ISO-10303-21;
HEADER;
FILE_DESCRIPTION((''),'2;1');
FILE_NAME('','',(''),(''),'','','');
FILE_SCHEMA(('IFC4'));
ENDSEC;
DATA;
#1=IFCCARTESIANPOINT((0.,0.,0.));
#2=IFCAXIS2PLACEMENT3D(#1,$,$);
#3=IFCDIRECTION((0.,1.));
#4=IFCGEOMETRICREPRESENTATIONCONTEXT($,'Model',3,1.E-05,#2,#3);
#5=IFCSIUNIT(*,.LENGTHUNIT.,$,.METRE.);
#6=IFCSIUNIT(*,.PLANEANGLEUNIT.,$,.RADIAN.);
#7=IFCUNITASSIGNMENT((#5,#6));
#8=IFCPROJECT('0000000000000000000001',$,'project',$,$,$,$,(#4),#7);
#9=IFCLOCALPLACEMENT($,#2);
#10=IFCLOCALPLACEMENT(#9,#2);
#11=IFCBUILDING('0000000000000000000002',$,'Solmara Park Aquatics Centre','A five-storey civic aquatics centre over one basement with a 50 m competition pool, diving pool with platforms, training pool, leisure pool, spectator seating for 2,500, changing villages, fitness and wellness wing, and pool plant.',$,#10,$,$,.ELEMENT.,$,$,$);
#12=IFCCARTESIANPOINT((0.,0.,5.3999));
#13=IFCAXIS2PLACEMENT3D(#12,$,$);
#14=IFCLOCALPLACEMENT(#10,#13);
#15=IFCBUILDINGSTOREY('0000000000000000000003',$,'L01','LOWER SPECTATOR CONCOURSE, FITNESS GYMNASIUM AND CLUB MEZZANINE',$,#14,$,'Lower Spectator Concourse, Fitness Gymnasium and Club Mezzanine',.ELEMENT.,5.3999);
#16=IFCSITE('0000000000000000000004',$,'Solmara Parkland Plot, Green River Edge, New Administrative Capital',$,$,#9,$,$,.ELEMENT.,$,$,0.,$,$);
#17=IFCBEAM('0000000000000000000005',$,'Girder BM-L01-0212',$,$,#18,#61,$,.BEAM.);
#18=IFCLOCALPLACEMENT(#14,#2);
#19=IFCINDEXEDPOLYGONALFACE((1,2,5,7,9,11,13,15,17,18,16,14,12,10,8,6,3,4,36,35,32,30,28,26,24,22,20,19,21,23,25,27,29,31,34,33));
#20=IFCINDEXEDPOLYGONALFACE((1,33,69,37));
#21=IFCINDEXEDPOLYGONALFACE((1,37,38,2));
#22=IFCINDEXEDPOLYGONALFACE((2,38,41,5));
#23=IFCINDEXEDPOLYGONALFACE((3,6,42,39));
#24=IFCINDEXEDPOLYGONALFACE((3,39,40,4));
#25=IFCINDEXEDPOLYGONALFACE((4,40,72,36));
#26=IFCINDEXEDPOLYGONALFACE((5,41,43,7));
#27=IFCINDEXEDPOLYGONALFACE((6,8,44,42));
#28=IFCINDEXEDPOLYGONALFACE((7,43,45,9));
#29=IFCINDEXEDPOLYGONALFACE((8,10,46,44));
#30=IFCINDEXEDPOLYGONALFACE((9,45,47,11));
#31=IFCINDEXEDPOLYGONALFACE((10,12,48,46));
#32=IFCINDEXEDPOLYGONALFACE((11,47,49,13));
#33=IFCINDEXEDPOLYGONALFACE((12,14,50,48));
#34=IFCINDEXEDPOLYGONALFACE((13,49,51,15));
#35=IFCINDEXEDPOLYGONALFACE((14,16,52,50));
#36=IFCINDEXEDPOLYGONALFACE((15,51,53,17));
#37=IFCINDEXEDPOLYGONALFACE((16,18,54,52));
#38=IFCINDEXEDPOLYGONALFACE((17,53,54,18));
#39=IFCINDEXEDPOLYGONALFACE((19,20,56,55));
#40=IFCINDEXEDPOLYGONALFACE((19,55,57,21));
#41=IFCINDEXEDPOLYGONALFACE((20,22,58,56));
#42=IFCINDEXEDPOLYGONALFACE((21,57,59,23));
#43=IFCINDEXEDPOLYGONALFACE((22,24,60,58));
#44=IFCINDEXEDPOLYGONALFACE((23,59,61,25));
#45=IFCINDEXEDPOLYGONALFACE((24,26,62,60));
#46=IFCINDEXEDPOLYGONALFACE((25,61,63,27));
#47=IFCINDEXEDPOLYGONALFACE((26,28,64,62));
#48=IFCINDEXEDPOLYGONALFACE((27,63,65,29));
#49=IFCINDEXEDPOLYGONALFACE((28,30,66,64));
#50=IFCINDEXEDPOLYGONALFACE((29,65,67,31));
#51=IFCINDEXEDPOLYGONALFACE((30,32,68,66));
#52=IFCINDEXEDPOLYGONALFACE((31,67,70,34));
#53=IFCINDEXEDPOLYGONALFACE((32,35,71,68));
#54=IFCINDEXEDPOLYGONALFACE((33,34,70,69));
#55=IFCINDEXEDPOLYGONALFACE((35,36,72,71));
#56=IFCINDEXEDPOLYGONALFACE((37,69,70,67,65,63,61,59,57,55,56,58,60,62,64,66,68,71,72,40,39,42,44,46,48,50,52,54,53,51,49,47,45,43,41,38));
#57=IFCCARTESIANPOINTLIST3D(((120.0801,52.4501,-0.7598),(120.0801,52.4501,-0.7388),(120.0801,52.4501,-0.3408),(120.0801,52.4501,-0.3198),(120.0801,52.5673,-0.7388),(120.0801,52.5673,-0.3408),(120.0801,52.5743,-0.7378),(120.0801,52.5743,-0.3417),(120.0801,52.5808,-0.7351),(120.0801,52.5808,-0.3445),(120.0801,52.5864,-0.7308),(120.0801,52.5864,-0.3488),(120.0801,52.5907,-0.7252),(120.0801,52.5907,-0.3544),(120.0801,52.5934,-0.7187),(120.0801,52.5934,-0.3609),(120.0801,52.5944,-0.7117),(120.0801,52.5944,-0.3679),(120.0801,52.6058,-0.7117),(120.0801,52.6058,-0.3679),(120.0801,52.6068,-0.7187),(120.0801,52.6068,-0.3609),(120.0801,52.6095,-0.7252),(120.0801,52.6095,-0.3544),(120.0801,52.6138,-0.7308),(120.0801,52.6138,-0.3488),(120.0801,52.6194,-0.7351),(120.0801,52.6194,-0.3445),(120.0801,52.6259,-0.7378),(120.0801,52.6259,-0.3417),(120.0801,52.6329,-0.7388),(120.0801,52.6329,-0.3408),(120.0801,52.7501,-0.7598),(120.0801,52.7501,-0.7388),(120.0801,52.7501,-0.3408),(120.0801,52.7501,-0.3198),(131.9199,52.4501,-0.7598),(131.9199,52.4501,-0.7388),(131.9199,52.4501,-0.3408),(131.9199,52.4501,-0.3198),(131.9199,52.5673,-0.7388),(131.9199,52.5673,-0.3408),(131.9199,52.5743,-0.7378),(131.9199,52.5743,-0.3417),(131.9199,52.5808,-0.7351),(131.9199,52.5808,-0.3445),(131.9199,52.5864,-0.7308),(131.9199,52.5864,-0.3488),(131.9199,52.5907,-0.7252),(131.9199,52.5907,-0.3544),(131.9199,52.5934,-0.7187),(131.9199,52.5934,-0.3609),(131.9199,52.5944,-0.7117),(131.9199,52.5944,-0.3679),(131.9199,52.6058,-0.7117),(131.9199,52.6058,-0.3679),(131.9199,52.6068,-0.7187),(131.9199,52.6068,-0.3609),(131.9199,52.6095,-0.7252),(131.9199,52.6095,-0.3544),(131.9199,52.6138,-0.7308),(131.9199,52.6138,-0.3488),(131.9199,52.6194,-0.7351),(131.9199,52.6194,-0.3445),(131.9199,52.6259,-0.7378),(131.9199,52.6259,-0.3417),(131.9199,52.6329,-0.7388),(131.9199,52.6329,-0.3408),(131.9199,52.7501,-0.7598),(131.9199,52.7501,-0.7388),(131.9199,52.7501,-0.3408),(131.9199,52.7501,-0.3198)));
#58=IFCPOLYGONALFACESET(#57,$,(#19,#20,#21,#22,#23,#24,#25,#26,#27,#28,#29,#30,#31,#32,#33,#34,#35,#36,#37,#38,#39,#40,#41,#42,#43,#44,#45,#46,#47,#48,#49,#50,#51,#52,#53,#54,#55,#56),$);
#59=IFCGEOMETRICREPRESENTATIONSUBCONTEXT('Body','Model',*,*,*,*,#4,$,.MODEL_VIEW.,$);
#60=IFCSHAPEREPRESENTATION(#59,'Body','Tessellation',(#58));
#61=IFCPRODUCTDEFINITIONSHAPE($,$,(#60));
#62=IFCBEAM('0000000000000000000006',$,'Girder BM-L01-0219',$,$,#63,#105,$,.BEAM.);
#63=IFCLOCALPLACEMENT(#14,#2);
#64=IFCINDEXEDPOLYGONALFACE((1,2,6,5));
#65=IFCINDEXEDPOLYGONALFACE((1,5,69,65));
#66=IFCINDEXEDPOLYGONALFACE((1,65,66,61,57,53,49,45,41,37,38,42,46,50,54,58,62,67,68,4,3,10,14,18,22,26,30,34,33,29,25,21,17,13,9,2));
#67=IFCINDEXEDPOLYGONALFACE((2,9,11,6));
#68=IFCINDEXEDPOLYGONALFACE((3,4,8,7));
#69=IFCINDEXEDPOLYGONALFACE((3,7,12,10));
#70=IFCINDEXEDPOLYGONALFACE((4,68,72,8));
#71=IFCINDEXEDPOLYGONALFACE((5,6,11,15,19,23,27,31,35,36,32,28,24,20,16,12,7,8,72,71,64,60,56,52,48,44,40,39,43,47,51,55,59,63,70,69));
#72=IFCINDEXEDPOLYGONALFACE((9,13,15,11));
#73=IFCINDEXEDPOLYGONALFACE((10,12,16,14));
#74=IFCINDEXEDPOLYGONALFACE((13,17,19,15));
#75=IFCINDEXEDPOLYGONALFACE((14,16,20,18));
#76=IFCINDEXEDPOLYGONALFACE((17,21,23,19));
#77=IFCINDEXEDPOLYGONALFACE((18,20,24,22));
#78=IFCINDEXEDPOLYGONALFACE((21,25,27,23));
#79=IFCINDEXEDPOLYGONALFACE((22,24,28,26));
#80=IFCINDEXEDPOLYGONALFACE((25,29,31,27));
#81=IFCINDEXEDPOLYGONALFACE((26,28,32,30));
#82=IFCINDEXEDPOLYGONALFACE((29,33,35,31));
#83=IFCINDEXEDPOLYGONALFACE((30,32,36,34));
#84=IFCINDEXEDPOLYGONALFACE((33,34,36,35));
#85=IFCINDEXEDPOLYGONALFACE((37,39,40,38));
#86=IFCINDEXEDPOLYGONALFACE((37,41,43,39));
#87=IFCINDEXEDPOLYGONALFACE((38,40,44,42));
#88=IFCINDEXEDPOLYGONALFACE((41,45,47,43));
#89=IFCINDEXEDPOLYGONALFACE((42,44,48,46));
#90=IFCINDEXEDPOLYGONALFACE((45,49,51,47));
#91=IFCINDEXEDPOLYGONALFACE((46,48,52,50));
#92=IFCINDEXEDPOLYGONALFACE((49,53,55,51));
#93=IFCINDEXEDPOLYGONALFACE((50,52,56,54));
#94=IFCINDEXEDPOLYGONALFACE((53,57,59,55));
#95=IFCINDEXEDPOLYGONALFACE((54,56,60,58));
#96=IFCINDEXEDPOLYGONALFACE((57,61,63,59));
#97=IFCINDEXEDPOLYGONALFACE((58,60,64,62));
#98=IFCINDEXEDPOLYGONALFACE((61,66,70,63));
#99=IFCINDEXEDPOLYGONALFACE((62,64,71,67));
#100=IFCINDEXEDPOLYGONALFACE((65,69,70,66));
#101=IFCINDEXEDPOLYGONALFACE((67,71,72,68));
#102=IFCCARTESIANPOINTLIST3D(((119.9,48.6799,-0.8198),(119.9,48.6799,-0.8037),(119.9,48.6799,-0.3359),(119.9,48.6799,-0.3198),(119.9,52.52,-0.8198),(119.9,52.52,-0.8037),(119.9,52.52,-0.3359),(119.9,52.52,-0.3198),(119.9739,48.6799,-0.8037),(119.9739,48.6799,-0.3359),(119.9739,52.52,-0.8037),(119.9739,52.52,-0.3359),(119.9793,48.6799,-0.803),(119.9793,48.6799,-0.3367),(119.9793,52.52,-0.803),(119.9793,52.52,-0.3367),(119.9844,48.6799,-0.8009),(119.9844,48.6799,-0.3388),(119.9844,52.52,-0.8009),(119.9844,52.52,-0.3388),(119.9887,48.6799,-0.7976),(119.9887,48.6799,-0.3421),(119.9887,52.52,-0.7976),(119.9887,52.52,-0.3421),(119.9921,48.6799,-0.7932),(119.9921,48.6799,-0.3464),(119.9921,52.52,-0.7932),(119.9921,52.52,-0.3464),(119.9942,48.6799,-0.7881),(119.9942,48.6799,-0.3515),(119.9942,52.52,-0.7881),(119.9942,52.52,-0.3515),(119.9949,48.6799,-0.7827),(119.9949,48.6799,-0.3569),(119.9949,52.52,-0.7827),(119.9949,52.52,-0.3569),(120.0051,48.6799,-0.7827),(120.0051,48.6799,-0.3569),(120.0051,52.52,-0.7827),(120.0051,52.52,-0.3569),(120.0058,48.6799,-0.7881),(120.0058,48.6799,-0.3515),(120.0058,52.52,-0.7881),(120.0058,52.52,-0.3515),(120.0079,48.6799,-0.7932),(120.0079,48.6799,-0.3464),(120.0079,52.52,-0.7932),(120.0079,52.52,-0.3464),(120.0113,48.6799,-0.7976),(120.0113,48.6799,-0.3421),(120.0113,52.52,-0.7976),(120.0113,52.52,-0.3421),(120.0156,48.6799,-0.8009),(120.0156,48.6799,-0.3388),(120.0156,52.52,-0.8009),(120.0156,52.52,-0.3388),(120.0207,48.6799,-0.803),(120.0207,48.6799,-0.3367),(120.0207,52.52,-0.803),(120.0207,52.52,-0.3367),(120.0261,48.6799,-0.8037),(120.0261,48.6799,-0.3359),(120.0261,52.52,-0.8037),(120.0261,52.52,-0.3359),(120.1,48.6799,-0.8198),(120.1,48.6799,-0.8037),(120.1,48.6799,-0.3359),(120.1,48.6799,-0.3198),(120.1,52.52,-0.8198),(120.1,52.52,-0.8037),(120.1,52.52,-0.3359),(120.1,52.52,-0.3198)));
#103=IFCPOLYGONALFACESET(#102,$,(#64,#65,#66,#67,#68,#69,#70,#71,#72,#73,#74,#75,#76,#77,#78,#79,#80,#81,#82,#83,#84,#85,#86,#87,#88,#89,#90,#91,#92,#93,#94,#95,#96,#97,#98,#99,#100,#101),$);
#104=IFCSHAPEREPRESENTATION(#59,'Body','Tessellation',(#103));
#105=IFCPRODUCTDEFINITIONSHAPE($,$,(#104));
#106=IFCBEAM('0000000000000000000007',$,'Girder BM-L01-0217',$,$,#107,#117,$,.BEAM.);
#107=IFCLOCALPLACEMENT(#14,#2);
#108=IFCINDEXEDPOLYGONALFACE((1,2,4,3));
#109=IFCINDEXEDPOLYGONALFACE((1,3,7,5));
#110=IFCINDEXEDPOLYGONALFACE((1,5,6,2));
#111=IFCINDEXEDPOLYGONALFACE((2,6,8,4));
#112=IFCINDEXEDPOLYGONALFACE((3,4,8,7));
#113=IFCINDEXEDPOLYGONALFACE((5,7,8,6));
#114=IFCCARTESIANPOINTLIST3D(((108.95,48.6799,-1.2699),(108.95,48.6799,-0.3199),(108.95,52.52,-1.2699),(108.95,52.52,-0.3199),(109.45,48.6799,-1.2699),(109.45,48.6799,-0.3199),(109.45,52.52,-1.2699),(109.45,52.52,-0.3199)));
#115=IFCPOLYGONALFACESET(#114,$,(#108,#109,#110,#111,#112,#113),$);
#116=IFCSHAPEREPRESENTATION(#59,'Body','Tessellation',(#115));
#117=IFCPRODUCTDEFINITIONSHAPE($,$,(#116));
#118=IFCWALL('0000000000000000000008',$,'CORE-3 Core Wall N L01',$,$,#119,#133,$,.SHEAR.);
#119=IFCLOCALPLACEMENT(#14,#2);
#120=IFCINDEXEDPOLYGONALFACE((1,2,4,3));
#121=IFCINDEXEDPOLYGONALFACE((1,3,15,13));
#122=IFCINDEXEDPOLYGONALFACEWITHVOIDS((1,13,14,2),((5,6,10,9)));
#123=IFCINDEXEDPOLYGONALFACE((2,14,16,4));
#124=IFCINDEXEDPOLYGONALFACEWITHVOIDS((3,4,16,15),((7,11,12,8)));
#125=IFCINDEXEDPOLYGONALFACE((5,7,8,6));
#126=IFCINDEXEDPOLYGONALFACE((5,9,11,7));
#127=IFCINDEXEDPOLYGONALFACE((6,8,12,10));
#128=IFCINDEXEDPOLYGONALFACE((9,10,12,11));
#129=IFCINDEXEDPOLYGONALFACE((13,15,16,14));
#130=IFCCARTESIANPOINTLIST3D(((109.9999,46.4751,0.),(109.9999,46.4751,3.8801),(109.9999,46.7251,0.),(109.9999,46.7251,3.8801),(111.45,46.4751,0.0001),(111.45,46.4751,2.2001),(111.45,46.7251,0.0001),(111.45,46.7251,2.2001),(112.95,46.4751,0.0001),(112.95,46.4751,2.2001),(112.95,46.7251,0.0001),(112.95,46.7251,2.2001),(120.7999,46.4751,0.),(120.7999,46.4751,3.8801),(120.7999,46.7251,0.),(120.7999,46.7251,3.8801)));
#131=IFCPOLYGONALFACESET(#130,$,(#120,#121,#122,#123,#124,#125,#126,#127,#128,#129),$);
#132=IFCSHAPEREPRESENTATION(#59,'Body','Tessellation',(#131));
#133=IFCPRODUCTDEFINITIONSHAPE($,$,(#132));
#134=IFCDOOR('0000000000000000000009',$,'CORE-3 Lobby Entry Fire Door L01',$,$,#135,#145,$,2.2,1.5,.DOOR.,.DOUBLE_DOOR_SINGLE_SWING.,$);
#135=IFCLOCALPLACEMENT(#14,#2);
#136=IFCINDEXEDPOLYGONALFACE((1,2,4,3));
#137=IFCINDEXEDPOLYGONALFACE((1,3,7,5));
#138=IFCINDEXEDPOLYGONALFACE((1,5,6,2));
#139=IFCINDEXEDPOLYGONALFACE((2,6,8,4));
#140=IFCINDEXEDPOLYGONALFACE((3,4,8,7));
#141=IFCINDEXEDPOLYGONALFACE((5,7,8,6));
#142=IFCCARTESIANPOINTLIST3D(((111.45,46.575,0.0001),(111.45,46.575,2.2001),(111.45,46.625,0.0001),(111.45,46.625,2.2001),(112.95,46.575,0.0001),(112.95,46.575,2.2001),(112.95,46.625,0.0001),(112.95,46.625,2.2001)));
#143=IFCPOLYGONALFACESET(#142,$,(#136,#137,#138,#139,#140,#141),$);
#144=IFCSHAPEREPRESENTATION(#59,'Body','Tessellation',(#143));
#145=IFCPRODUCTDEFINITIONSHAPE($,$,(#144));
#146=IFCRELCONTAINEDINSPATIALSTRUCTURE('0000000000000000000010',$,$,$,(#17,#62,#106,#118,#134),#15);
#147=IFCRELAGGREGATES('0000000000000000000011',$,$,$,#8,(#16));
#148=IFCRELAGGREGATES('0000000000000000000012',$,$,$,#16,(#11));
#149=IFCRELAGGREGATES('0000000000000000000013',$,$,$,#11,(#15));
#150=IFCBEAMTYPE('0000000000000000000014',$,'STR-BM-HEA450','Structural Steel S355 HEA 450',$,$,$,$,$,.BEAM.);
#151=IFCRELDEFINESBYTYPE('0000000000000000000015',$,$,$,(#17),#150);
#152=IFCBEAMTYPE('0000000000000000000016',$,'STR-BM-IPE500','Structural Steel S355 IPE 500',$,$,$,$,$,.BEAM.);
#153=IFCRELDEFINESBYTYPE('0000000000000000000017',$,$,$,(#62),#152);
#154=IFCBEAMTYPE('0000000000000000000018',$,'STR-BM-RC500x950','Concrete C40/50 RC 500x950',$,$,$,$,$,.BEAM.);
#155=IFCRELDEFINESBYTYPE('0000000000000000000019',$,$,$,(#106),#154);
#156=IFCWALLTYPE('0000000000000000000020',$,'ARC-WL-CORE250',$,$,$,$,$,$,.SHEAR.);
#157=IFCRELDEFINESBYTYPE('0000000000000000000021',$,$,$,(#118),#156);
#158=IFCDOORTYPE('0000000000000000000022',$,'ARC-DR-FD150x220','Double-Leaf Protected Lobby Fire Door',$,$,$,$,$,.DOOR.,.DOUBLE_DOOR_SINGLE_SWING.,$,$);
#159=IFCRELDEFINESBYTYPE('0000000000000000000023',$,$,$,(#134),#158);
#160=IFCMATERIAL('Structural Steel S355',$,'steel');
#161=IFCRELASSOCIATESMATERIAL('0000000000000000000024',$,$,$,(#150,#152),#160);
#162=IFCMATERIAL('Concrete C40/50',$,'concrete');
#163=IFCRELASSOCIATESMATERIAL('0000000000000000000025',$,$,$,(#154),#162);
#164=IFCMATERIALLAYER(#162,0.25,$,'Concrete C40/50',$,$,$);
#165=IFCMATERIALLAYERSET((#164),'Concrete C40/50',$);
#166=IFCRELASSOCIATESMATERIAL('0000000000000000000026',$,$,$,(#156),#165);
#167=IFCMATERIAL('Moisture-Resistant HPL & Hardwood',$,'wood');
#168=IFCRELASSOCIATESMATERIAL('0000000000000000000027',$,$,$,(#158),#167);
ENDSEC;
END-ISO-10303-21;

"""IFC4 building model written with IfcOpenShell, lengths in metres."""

from ifc_helpers import new_model, si_unit, direction, frame, frame_2d, origin, origin_2d, place, context, subcontext, project, spatial, rectangle, i_section, extrude, material, layer, layer_set, material_profile, profile_set, type_object, element, fill, save


model = new_model("IFC4")

# Units and contexts
model_context = context("Model", 3, precision=1e-05, world=origin(), true_north=direction((0.0, 1.0)))
body_context = subcontext(model_context, "Body", "Model", "MODEL_VIEW")
ifc_project = project(units=[si_unit("LENGTHUNIT", "METRE"), si_unit("PLANEANGLEUNIT", "RADIAN")], contexts=[model_context])

# Site, building, storey
site_placement = place(None, origin())
site = spatial("IfcSite", under=ifc_project, at=site_placement, Name="Solmara Parkland Plot, Green River Edge, New Administrative Capital", CompositionType="ELEMENT", RefElevation=0.0)
building_placement = place(site_placement, origin())
building = spatial("IfcBuilding", under=site, at=building_placement, Name="Solmara Park Aquatics Centre", Description="A five-storey civic aquatics centre over one basement with a 50 m competition pool, diving pool with platforms, training pool, leisure pool, spectator seating for 2,500, changing villages, fitness and wellness wing, and pool plant.", CompositionType="ELEMENT")
storey_placement = place(building_placement, frame((0.0, 0.0, 5.3999)))
storey = spatial("IfcBuildingStorey", under=building, at=storey_placement, Name="L01", Description="LOWER SPECTATOR CONCOURSE, FITNESS GYMNASIUM AND CLUB MEZZANINE", LongName="Lower Spectator Concourse, Fitness Gymnasium and Club Mezzanine", CompositionType="ELEMENT", Elevation=5.3999)

# Shared definitions
ifc_material_1 = material(Name="Structural Steel S355", Category="steel")
ifc_material_2 = material(Name="Concrete C40/50", Category="concrete")

# Beams
ifc_material_profile_1 = material_profile(ifc_material_1, i_section(OverallWidth=0.3, OverallDepth=0.4399, WebThickness=0.0115, FlangeThickness=0.021, FilletRadius=0.0271, at=origin_2d()), Name="HEA 450")
ifc_profile_set_1 = profile_set([ifc_material_profile_1], Name="Structural Steel S355")
beam_type_1 = type_object("IfcBeamType", Name="STR-BM-HEA450", Description="Structural Steel S355 HEA 450", PredefinedType="BEAM", material=ifc_profile_set_1)
beam_1_placement = place(storey_placement, frame((120.0801, 52.6001, -0.5398), z_axis=(1.0, 0.0, 0.0), x_axis=(0.0, 1.0, 0.0)))
element("IfcBeam", 1, at=beam_1_placement, inside=storey, type_object=beam_type_1, Name="Girder BM-L01-0212", PredefinedType="BEAM", context=body_context, shape_type="SweptSolid", body=[
    extrude(i_section(OverallWidth=0.3, OverallDepth=0.4399, WebThickness=0.0115, FlangeThickness=0.021, FilletRadius=0.0271, at=origin_2d()), origin(), (0.0, 0.0, 1.0), 11.8398),
])
ifc_material_profile_2 = material_profile(ifc_material_1, i_section(OverallWidth=0.2, OverallDepth=0.5, WebThickness=0.0103, FlangeThickness=0.0161, FilletRadius=0.021, at=origin_2d()), Name="IPE 500")
ifc_profile_set_2 = profile_set([ifc_material_profile_2], Name="Structural Steel S355")
beam_type_2 = type_object("IfcBeamType", Name="STR-BM-IPE500", Description="Structural Steel S355 IPE 500", PredefinedType="BEAM", material=ifc_profile_set_2)
beam_2_placement = place(storey_placement, frame((120.0, 48.6799, -0.5698), z_axis=(0.0, 1.0, 0.0), x_axis=(-1.0, 0.0, 0.0)))
element("IfcBeam", 2, at=beam_2_placement, inside=storey, type_object=beam_type_2, Name="Girder BM-L01-0219", PredefinedType="BEAM", context=body_context, shape_type="SweptSolid", body=[
    extrude(i_section(OverallWidth=0.2, OverallDepth=0.5, WebThickness=0.0103, FlangeThickness=0.0161, FilletRadius=0.021, at=origin_2d()), origin(), (0.0, 0.0, 1.0), 3.8401),
])
ifc_material_profile_3 = material_profile(ifc_material_2, rectangle(XDim=0.5, YDim=0.95, at=origin_2d()), Name="RC 500x950")
ifc_profile_set_3 = profile_set([ifc_material_profile_3], Name="Concrete C40/50")
beam_type_3 = type_object("IfcBeamType", Name="STR-BM-RC500x950", Description="Concrete C40/50 RC 500x950", PredefinedType="BEAM", material=ifc_profile_set_3)
beam_3_placement = place(storey_placement, frame((109.2, 48.6799, -0.7949), z_axis=(0.0, 1.0, 0.0), x_axis=(-1.0, 0.0, 0.0)))
element("IfcBeam", 3, at=beam_3_placement, inside=storey, type_object=beam_type_3, Name="Girder BM-L01-0217", PredefinedType="BEAM", context=body_context, shape_type="SweptSolid", body=[
    extrude(rectangle(XDim=0.5, YDim=0.95, at=origin_2d()), origin(), (0.0, 0.0, 1.0), 3.8401),
])

# Wall, opening, door
ifc_layer_1 = layer(ifc_material_2, 0.25, Name="Concrete C40/50")
ifc_layer_set_1 = layer_set([ifc_layer_1], Name="Concrete C40/50")
wall_type_1 = type_object("IfcWallType", Name="ARC-WL-CORE250", PredefinedType="SHEAR", material=ifc_layer_set_1)
wall_1_placement = place(storey_placement, frame((110.0, 46.6001, 0.0), z_axis=(0.0, 0.0, 1.0), x_axis=(1.0, 0.0, 0.0)))
wall_1 = element("IfcWall", 4, at=wall_1_placement, inside=storey, type_object=wall_type_1, Name="CORE-3 Core Wall N L01", PredefinedType="SHEAR", context=body_context, shape_type="SweptSolid", body=[
    extrude(rectangle(XDim=10.8, YDim=0.25, at=frame_2d((5.3999, 0.0))), origin(), (0.0, 0.0, 1.0), 3.8801),
])
opening_1_placement = place(wall_1_placement, frame((1.45, 0.0, 0.0)))
opening_1 = element("IfcOpeningElement", 5, at=opening_1_placement, cuts=wall_1, PredefinedType="OPENING", context=body_context, shape_type="SweptSolid", body=[
    extrude(rectangle(XDim=1.5, YDim=2.2, at=frame_2d((0.75, 1.1001))), frame((0.0, 0.135, 0.0), z_axis=(0.0, -1.0, 0.0), x_axis=(1.0, 0.0, 0.0)), (0.0, 0.0, 1.0), 0.27),
])
ifc_material_3 = material(Name="Moisture-Resistant HPL & Hardwood", Category="wood")
door_type_1 = type_object("IfcDoorType", Name="ARC-DR-FD150x220", Description="Double-Leaf Protected Lobby Fire Door", OperationType="DOUBLE_DOOR_SINGLE_SWING", PredefinedType="DOOR", material=ifc_material_3)
door_1_placement = place(opening_1_placement, origin())
door_1 = element("IfcDoor", 6, at=door_1_placement, inside=storey, type_object=door_type_1, Name="CORE-3 Lobby Entry Fire Door L01", OperationType="DOUBLE_DOOR_SINGLE_SWING", OverallHeight=2.2, OverallWidth=1.5, PredefinedType="DOOR", context=body_context, shape_type="SweptSolid", body=[
    extrude(rectangle(XDim=1.5, YDim=2.2, at=frame_2d((0.75, 1.1001))), frame((0.0, 0.0249, 0.0), z_axis=(0.0, -1.0, 0.0), x_axis=(1.0, 0.0, 0.0)), (0.0, 0.0, 1.0), 0.05),
])
fill(opening_1, door_1)

save(model, "model.ifc")
